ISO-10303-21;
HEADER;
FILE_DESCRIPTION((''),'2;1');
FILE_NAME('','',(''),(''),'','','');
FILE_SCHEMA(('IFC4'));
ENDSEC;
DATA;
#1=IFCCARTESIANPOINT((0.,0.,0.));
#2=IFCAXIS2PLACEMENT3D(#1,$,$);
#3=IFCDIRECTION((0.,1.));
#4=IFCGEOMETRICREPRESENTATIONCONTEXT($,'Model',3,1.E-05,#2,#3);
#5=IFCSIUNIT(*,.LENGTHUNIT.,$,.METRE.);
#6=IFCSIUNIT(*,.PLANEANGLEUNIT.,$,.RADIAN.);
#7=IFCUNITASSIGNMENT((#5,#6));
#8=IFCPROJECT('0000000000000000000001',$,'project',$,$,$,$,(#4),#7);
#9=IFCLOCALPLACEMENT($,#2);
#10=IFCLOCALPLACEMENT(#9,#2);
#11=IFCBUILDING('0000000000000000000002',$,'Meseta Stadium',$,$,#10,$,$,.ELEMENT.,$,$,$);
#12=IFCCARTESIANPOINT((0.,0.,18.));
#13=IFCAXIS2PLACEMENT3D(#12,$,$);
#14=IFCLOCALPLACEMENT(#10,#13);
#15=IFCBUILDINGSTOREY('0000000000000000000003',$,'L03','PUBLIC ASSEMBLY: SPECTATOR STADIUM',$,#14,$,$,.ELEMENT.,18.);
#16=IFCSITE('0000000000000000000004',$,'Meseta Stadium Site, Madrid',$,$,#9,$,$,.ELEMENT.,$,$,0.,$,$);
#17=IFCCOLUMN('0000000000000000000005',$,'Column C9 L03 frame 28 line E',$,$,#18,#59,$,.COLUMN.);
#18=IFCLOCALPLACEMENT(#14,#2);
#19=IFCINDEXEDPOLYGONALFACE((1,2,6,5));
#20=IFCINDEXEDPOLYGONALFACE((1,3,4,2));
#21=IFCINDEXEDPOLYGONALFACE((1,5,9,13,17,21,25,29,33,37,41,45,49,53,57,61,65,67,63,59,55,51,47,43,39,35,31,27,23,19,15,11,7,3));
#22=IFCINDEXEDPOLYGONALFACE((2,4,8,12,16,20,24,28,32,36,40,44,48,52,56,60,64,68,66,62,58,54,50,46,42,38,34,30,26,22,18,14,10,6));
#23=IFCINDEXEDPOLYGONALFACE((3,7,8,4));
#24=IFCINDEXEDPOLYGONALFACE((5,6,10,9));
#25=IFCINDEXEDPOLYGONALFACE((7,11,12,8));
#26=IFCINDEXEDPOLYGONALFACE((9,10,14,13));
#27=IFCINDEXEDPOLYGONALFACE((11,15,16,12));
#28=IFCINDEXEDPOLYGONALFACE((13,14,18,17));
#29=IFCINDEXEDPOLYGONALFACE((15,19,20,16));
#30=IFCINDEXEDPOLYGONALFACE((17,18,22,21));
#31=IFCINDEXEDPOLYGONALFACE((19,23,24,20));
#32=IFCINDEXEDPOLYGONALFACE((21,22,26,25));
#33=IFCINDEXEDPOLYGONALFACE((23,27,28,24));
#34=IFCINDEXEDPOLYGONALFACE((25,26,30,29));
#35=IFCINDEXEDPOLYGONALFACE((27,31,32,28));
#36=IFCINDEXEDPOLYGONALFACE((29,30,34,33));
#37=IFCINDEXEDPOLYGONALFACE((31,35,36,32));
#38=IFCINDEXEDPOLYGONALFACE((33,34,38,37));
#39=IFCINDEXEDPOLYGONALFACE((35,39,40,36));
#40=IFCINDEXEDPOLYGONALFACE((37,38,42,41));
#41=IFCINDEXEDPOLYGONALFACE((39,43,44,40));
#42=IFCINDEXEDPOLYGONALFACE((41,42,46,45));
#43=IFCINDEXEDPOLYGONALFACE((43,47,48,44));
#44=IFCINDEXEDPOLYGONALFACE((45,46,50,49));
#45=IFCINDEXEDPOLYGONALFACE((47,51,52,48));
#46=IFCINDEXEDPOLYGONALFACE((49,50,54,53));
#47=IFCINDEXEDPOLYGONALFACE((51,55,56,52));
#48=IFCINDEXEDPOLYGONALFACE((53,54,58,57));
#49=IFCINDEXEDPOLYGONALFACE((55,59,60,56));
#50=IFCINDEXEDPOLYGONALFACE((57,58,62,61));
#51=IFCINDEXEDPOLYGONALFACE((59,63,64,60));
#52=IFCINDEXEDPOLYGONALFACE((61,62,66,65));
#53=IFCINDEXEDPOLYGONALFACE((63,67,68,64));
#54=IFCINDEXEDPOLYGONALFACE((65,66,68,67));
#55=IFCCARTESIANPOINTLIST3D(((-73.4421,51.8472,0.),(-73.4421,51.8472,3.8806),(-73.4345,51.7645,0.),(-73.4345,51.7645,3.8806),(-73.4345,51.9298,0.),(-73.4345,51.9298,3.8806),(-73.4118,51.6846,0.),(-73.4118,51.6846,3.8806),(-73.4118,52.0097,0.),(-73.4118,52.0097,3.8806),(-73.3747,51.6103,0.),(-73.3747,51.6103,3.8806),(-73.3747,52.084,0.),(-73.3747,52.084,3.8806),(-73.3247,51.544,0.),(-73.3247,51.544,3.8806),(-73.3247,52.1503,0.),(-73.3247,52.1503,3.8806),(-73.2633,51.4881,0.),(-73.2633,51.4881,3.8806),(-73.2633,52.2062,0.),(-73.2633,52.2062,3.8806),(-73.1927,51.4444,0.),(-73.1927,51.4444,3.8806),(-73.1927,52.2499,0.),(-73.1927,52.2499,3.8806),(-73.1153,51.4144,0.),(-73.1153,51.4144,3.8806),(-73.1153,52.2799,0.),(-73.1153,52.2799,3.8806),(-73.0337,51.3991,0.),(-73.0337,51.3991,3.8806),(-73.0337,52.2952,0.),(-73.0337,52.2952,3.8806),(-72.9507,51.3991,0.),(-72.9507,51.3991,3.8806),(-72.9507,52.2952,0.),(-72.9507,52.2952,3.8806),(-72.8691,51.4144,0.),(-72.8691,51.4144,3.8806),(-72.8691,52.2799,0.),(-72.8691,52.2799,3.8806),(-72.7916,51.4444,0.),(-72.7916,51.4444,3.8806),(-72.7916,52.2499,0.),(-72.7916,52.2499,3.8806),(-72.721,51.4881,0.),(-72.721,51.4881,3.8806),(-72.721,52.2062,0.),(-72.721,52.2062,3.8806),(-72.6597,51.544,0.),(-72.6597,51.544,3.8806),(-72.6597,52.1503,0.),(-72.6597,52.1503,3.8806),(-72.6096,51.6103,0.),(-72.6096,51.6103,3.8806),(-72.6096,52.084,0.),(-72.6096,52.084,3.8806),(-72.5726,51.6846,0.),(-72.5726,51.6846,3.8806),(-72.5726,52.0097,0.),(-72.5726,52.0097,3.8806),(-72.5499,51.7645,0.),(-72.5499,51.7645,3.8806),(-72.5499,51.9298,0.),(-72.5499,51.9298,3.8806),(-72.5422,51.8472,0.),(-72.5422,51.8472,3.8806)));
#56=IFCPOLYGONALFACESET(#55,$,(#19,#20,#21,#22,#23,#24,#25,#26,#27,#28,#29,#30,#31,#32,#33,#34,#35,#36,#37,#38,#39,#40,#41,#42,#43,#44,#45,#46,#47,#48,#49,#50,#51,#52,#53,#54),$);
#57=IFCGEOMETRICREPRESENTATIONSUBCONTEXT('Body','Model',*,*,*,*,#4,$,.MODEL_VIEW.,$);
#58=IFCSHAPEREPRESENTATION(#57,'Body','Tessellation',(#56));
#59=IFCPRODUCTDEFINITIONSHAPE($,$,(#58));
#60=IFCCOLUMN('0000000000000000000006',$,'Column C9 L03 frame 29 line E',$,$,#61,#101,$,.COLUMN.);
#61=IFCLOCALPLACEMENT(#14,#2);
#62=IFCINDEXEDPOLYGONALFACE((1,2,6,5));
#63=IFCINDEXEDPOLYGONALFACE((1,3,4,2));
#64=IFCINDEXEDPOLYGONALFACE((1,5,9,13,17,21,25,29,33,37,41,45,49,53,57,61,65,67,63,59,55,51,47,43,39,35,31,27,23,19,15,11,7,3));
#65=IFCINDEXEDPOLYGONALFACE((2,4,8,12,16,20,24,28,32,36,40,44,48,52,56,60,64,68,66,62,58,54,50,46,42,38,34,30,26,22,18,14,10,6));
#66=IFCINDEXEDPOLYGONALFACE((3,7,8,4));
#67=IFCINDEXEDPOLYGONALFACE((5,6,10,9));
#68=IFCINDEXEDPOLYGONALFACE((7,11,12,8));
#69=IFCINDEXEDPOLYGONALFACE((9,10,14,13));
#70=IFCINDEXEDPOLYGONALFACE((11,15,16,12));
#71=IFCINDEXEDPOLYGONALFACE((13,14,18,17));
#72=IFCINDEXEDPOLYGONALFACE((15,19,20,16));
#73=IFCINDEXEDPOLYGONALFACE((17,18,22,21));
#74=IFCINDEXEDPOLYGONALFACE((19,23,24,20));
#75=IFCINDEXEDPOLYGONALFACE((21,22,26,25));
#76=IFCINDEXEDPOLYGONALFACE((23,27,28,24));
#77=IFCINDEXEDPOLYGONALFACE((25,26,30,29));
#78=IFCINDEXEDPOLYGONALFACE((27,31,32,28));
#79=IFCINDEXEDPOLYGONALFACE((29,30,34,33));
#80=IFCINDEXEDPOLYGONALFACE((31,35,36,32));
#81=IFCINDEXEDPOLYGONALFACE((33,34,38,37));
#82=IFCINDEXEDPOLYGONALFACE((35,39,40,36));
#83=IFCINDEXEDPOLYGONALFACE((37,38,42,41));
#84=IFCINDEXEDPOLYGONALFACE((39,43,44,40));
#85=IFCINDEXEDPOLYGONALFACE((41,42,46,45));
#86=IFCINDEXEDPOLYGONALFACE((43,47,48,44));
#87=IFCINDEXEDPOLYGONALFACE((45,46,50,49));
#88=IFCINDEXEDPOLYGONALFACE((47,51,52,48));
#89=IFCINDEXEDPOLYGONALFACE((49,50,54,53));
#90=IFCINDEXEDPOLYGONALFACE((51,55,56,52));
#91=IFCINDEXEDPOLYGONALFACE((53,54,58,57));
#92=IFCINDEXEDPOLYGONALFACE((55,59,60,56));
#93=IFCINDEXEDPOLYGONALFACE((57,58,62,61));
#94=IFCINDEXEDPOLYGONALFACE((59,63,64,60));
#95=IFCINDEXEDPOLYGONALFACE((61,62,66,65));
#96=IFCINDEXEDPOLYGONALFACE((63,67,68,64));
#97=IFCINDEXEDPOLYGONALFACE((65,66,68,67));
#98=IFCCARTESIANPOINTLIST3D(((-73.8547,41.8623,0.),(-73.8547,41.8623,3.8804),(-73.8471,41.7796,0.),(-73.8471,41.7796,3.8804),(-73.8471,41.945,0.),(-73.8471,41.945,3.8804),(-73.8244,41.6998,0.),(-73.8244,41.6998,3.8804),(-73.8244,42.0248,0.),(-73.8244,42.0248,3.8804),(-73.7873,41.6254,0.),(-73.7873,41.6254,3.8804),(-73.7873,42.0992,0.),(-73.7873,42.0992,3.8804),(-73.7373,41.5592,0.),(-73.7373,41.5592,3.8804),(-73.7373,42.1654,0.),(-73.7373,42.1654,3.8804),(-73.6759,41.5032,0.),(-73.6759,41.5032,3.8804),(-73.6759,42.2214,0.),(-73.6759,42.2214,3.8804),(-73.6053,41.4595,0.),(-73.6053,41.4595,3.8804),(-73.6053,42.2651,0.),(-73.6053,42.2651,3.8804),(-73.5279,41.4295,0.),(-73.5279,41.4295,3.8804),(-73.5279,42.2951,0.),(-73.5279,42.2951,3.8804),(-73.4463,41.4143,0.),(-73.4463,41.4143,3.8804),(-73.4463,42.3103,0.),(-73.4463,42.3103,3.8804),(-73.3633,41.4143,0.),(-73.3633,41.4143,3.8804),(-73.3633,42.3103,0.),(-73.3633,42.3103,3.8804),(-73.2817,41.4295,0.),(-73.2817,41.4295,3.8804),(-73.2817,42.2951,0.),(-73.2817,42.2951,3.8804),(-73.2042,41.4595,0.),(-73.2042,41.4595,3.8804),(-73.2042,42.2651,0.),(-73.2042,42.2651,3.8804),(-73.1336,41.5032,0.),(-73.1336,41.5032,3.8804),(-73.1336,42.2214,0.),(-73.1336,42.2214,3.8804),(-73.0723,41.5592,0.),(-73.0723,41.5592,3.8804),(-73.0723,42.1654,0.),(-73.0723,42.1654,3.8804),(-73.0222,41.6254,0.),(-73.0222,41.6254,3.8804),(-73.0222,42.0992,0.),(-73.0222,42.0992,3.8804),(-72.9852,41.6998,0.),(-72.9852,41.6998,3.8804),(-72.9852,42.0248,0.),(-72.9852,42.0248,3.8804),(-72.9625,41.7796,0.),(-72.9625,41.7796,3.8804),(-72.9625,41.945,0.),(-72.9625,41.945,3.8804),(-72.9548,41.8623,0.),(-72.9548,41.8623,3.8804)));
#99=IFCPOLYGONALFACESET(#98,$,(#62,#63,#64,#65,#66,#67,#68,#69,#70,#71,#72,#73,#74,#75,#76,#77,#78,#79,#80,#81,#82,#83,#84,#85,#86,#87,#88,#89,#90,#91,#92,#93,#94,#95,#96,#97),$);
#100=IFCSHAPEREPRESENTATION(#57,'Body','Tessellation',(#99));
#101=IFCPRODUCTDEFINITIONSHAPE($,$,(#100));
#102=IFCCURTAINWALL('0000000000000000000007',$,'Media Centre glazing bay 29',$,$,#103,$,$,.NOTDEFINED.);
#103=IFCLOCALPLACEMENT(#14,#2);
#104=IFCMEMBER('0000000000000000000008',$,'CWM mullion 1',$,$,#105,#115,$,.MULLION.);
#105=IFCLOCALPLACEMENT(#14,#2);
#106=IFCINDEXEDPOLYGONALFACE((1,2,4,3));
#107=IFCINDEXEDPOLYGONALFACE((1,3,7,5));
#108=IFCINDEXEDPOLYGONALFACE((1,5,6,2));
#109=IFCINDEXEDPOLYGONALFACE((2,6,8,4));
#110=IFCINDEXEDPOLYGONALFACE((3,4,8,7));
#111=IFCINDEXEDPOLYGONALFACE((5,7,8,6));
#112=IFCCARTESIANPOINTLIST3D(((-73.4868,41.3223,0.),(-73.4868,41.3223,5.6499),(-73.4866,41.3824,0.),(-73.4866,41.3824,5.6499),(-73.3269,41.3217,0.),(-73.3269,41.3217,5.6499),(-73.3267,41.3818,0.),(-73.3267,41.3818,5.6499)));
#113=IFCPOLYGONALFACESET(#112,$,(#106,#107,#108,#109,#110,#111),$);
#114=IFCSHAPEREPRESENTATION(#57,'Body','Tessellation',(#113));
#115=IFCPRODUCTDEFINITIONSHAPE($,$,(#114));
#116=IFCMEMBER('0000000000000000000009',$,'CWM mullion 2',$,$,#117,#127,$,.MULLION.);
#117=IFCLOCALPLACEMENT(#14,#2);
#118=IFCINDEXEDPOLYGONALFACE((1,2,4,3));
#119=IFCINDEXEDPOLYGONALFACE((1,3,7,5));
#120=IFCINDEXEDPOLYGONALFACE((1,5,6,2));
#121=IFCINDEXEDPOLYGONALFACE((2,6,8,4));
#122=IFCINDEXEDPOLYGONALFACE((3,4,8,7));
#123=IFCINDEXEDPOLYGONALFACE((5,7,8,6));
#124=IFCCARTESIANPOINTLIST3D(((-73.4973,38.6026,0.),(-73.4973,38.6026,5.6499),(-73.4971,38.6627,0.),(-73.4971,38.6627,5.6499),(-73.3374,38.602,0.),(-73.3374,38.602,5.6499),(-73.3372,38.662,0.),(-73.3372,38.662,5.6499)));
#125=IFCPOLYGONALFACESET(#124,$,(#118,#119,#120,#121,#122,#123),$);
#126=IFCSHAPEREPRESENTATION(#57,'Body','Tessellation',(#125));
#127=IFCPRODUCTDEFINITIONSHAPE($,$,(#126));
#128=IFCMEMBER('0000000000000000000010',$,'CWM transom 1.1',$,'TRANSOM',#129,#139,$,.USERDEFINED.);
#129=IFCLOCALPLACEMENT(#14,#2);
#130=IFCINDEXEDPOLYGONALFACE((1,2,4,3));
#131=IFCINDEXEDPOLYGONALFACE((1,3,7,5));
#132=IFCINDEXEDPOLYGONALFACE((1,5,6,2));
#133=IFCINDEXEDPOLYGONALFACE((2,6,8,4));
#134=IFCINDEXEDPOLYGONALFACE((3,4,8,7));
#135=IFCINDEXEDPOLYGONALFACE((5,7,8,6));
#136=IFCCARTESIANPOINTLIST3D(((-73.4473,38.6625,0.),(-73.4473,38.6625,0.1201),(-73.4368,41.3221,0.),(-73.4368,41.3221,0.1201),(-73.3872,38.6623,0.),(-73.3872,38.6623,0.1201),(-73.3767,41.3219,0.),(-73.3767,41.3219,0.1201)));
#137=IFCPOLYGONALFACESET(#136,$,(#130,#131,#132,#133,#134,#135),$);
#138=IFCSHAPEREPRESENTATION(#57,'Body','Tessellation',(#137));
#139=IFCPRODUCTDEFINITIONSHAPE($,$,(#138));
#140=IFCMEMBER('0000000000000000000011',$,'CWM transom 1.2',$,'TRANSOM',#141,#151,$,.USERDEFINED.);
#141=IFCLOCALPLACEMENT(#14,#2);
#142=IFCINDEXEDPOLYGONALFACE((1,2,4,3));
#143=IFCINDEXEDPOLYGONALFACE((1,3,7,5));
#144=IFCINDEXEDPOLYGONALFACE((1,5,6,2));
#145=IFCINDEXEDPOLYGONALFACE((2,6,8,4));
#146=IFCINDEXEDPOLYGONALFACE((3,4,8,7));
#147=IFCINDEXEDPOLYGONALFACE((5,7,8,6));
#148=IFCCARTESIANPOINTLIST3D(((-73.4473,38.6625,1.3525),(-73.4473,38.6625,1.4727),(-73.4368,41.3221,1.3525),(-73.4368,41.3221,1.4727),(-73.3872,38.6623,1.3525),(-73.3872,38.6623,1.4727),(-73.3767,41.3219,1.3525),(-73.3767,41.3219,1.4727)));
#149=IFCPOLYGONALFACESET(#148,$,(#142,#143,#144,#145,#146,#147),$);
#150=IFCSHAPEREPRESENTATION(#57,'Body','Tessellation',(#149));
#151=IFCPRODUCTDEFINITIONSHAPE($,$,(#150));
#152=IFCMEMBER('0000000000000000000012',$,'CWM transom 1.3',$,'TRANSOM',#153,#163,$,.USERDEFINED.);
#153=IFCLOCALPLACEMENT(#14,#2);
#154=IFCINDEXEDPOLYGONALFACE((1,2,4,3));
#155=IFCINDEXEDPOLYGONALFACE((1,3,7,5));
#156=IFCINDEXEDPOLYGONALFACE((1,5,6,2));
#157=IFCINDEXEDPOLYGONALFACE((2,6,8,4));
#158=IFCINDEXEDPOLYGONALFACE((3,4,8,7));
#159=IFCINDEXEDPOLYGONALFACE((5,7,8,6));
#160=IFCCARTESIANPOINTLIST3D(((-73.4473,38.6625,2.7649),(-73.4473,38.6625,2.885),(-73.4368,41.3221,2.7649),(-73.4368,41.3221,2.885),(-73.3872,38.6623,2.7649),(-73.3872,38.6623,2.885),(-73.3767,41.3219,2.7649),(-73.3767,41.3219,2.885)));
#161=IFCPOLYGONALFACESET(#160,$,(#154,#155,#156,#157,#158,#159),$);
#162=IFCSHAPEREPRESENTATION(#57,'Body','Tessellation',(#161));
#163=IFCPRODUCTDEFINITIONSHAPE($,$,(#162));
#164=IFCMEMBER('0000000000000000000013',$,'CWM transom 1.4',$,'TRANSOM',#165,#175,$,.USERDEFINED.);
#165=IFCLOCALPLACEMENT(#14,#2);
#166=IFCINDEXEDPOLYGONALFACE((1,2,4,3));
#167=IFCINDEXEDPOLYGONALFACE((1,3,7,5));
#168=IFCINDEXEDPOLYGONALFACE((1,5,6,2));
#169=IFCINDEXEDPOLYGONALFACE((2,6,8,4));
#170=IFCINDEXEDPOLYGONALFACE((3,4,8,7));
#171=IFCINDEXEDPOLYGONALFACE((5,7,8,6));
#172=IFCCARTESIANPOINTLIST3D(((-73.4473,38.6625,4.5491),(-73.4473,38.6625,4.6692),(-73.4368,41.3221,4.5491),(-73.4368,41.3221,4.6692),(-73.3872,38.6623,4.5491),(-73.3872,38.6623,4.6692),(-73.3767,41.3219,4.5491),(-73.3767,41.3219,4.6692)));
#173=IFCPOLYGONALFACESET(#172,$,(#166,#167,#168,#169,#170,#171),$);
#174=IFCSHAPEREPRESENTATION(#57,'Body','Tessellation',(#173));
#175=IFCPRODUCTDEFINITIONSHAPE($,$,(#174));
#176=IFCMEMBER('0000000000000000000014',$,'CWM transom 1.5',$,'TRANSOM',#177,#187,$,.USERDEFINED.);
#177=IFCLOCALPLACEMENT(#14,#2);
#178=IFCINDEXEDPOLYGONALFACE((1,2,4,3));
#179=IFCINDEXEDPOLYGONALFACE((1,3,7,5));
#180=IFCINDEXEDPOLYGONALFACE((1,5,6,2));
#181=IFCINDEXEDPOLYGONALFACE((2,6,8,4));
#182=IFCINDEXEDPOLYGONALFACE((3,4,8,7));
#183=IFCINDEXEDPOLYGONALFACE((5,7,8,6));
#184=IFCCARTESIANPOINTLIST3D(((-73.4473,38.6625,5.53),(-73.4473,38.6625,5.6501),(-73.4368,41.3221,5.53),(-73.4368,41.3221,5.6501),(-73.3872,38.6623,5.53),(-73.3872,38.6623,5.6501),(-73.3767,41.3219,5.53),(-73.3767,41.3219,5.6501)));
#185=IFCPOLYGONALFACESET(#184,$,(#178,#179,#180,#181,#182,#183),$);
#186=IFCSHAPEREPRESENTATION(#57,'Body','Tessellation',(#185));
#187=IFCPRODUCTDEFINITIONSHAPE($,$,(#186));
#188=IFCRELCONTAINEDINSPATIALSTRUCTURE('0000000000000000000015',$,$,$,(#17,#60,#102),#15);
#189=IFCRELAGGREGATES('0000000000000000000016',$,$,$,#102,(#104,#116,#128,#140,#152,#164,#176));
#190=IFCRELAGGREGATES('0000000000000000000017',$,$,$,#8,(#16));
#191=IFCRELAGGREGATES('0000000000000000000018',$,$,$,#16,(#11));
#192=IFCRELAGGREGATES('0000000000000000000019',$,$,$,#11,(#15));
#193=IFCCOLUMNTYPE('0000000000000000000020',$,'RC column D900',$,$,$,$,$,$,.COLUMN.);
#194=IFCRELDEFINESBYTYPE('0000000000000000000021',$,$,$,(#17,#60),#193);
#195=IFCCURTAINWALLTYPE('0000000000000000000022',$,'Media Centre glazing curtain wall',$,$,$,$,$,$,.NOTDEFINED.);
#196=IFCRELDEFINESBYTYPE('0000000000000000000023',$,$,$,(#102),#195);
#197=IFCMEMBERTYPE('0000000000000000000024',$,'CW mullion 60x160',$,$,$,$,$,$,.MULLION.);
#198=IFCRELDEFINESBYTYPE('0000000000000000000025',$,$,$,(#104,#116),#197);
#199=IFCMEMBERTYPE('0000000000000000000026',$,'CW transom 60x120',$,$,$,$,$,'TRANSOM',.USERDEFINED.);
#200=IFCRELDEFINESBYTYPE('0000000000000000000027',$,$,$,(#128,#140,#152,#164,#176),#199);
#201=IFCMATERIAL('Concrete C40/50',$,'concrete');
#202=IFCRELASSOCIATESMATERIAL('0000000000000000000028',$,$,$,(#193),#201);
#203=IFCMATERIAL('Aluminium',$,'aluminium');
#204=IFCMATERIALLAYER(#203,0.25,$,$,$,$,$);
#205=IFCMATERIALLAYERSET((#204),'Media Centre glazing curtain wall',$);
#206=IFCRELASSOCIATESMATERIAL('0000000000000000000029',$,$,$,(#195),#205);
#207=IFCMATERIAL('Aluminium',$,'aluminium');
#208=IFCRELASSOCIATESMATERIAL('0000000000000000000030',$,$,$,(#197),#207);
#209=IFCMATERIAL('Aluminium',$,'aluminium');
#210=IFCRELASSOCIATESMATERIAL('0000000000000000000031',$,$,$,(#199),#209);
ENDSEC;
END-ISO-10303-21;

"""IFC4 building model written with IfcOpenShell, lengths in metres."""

from ifc_helpers import new_model, si_unit, direction, frame, origin, origin_2d, place, context, subcontext, project, spatial, rectangle, circle, extrude, material, layer, layer_set, material_profile, profile_set, type_object, element, aggregate, save


model = new_model("IFC4")

# Units and contexts
model_context = context("Model", 3, precision=1e-05, world=origin(), true_north=direction((0.0, 1.0)))
body_context = subcontext(model_context, "Body", "Model", "MODEL_VIEW")
ifc_project = project(units=[si_unit("LENGTHUNIT", "METRE"), si_unit("PLANEANGLEUNIT", "RADIAN")], contexts=[model_context])

# Site, building, storey
site_placement = place(None, origin())
site = spatial("IfcSite", under=ifc_project, at=site_placement, Name="Meseta Stadium Site, Madrid", CompositionType="ELEMENT", RefElevation=0.0)
building_placement = place(site_placement, origin())
building = spatial("IfcBuilding", under=site, at=building_placement, Name="Meseta Stadium", CompositionType="ELEMENT")
storey_placement = place(building_placement, frame((0.0, 0.0, 18.0)))
storey = spatial("IfcBuildingStorey", under=building, at=storey_placement, Name="L03", Description="PUBLIC ASSEMBLY: SPECTATOR STADIUM", CompositionType="ELEMENT", Elevation=18.0)

# Columns
ifc_material_1 = material(Name="Concrete C40/50", Category="concrete")
ifc_material_profile_1 = material_profile(ifc_material_1, circle(Radius=0.45, at=origin_2d()), Name="RC D900")
ifc_profile_set_1 = profile_set([ifc_material_profile_1], Name="Concrete C40/50")
column_type = type_object("IfcColumnType", Name="RC column D900", PredefinedType="COLUMN", material=ifc_profile_set_1)
column_1_placement = place(storey_placement, frame((-72.9922, 51.8472, 0.0), z_axis=(0.0, 0.0, 1.0), x_axis=(1.0, 0.0, 0.0)))
element("IfcColumn", 1, at=column_1_placement, inside=storey, type_object=column_type, Name="Column C9 L03 frame 28 line E", PredefinedType="COLUMN", context=body_context, shape_type="SweptSolid", body=[
    extrude(circle(Radius=0.45, at=origin_2d()), origin(), (0.0, 0.0, 1.0), 3.8806),
])
column_2_placement = place(storey_placement, frame((-73.4048, 41.8623, 0.0), z_axis=(0.0, 0.0, 1.0), x_axis=(1.0, 0.0, 0.0)))
element("IfcColumn", 2, at=column_2_placement, inside=storey, type_object=column_type, Name="Column C9 L03 frame 29 line E", PredefinedType="COLUMN", context=body_context, shape_type="SweptSolid", body=[
    extrude(circle(Radius=0.45, at=origin_2d()), origin(), (0.0, 0.0, 1.0), 3.8804),
])

# Curtain wall, members
ifc_material_2 = material(Name="Aluminium", Category="aluminium")
ifc_layer_1 = layer(ifc_material_2, 0.25)
ifc_layer_set_1 = layer_set([ifc_layer_1], Name="Media Centre glazing curtain wall")
curtain_wall_type = type_object("IfcCurtainWallType", Name="Media Centre glazing curtain wall", PredefinedType="NOTDEFINED", material=ifc_layer_set_1)
curtain_wall_placement = place(storey_placement, origin())
curtain_wall = element("IfcCurtainWall", 3, at=curtain_wall_placement, inside=storey, type_object=curtain_wall_type, Name="Media Centre glazing bay 29", PredefinedType="NOTDEFINED")
ifc_material_3 = material(Name="Aluminium", Category="aluminium")
ifc_material_profile_2 = material_profile(ifc_material_3, rectangle(XDim=0.1599, YDim=0.0601, at=origin_2d()), Name="CW 160x60")
ifc_profile_set_2 = profile_set([ifc_material_profile_2], Name="Aluminium")
member_type_1 = type_object("IfcMemberType", Name="CW mullion 60x160", PredefinedType="MULLION", material=ifc_profile_set_2)
member_1_placement = place(storey_placement, frame((-73.4067, 41.3521, 0.0), z_axis=(0.0, 0.0, 1.0), x_axis=(0.999992, -0.003895, 0.0)))
member_1 = element("IfcMember", 4, at=member_1_placement, type_object=member_type_1, Name="CWM mullion 1", PredefinedType="MULLION", context=body_context, shape_type="SweptSolid", body=[
    extrude(rectangle(XDim=0.1599, YDim=0.0601, at=origin_2d()), origin(), (0.0, 0.0, 1.0), 5.6499),
])
member_2_placement = place(storey_placement, frame((-73.4172, 38.6323, 0.0), z_axis=(0.0, 0.0, 1.0), x_axis=(0.999992, -0.003895, 0.0)))
member_2 = element("IfcMember", 5, at=member_2_placement, type_object=member_type_1, Name="CWM mullion 2", PredefinedType="MULLION", context=body_context, shape_type="SweptSolid", body=[
    extrude(rectangle(XDim=0.1599, YDim=0.0601, at=origin_2d()), origin(), (0.0, 0.0, 1.0), 5.6499),
])
ifc_material_4 = material(Name="Aluminium", Category="aluminium")
ifc_material_profile_3 = material_profile(ifc_material_4, rectangle(XDim=0.0601, YDim=0.1201, at=origin_2d()), Name="CW 60x120")
ifc_profile_set_3 = profile_set([ifc_material_profile_3], Name="Aluminium")
member_type_2 = type_object("IfcMemberType", Name="CW transom 60x120", ElementType="TRANSOM", PredefinedType="USERDEFINED", material=ifc_profile_set_3)
member_3_placement = place(storey_placement, frame((-73.4067, 41.322, 0.0601), z_axis=(-0.003947, -0.999992, 0.0), x_axis=(0.999992, -0.003947, 0.0)))
member_3 = element("IfcMember", 6, at=member_3_placement, type_object=member_type_2, Name="CWM transom 1.1", ObjectType="TRANSOM", PredefinedType="USERDEFINED", context=body_context, shape_type="SweptSolid", body=[
    extrude(rectangle(XDim=0.0601, YDim=0.1201, at=origin_2d()), origin(), (0.0, 0.0, 1.0), 2.6597),
])
member_4_placement = place(storey_placement, frame((-73.4067, 41.322, 1.4126), z_axis=(-0.003947, -0.999992, 0.0), x_axis=(0.999992, -0.003947, 0.0)))
member_4 = element("IfcMember", 7, at=member_4_placement, type_object=member_type_2, Name="CWM transom 1.2", ObjectType="TRANSOM", PredefinedType="USERDEFINED", context=body_context, shape_type="SweptSolid", body=[
    extrude(rectangle(XDim=0.0601, YDim=0.1201, at=origin_2d()), origin(), (0.0, 0.0, 1.0), 2.6597),
])
member_5_placement = place(storey_placement, frame((-73.4067, 41.322, 2.825), z_axis=(-0.003947, -0.999992, 0.0), x_axis=(0.999992, -0.003947, 0.0)))
member_5 = element("IfcMember", 8, at=member_5_placement, type_object=member_type_2, Name="CWM transom 1.3", ObjectType="TRANSOM", PredefinedType="USERDEFINED", context=body_context, shape_type="SweptSolid", body=[
    extrude(rectangle(XDim=0.0601, YDim=0.1201, at=origin_2d()), origin(), (0.0, 0.0, 1.0), 2.6597),
])
member_6_placement = place(storey_placement, frame((-73.4067, 41.322, 4.6091), z_axis=(-0.003947, -0.999992, 0.0), x_axis=(0.999992, -0.003947, 0.0)))
member_6 = element("IfcMember", 9, at=member_6_placement, type_object=member_type_2, Name="CWM transom 1.4", ObjectType="TRANSOM", PredefinedType="USERDEFINED", context=body_context, shape_type="SweptSolid", body=[
    extrude(rectangle(XDim=0.0601, YDim=0.1201, at=origin_2d()), origin(), (0.0, 0.0, 1.0), 2.6597),
])
member_7_placement = place(storey_placement, frame((-73.4067, 41.322, 5.5901), z_axis=(-0.003947, -0.999992, 0.0), x_axis=(0.999992, -0.003947, 0.0)))
member_7 = element("IfcMember", 10, at=member_7_placement, type_object=member_type_2, Name="CWM transom 1.5", ObjectType="TRANSOM", PredefinedType="USERDEFINED", context=body_context, shape_type="SweptSolid", body=[
    extrude(rectangle(XDim=0.0601, YDim=0.1201, at=origin_2d()), origin(), (0.0, 0.0, 1.0), 2.6597),
])

aggregate(curtain_wall, [member_1, member_2, member_3, member_4, member_5, member_6, member_7])

save(model, "model.ifc")
